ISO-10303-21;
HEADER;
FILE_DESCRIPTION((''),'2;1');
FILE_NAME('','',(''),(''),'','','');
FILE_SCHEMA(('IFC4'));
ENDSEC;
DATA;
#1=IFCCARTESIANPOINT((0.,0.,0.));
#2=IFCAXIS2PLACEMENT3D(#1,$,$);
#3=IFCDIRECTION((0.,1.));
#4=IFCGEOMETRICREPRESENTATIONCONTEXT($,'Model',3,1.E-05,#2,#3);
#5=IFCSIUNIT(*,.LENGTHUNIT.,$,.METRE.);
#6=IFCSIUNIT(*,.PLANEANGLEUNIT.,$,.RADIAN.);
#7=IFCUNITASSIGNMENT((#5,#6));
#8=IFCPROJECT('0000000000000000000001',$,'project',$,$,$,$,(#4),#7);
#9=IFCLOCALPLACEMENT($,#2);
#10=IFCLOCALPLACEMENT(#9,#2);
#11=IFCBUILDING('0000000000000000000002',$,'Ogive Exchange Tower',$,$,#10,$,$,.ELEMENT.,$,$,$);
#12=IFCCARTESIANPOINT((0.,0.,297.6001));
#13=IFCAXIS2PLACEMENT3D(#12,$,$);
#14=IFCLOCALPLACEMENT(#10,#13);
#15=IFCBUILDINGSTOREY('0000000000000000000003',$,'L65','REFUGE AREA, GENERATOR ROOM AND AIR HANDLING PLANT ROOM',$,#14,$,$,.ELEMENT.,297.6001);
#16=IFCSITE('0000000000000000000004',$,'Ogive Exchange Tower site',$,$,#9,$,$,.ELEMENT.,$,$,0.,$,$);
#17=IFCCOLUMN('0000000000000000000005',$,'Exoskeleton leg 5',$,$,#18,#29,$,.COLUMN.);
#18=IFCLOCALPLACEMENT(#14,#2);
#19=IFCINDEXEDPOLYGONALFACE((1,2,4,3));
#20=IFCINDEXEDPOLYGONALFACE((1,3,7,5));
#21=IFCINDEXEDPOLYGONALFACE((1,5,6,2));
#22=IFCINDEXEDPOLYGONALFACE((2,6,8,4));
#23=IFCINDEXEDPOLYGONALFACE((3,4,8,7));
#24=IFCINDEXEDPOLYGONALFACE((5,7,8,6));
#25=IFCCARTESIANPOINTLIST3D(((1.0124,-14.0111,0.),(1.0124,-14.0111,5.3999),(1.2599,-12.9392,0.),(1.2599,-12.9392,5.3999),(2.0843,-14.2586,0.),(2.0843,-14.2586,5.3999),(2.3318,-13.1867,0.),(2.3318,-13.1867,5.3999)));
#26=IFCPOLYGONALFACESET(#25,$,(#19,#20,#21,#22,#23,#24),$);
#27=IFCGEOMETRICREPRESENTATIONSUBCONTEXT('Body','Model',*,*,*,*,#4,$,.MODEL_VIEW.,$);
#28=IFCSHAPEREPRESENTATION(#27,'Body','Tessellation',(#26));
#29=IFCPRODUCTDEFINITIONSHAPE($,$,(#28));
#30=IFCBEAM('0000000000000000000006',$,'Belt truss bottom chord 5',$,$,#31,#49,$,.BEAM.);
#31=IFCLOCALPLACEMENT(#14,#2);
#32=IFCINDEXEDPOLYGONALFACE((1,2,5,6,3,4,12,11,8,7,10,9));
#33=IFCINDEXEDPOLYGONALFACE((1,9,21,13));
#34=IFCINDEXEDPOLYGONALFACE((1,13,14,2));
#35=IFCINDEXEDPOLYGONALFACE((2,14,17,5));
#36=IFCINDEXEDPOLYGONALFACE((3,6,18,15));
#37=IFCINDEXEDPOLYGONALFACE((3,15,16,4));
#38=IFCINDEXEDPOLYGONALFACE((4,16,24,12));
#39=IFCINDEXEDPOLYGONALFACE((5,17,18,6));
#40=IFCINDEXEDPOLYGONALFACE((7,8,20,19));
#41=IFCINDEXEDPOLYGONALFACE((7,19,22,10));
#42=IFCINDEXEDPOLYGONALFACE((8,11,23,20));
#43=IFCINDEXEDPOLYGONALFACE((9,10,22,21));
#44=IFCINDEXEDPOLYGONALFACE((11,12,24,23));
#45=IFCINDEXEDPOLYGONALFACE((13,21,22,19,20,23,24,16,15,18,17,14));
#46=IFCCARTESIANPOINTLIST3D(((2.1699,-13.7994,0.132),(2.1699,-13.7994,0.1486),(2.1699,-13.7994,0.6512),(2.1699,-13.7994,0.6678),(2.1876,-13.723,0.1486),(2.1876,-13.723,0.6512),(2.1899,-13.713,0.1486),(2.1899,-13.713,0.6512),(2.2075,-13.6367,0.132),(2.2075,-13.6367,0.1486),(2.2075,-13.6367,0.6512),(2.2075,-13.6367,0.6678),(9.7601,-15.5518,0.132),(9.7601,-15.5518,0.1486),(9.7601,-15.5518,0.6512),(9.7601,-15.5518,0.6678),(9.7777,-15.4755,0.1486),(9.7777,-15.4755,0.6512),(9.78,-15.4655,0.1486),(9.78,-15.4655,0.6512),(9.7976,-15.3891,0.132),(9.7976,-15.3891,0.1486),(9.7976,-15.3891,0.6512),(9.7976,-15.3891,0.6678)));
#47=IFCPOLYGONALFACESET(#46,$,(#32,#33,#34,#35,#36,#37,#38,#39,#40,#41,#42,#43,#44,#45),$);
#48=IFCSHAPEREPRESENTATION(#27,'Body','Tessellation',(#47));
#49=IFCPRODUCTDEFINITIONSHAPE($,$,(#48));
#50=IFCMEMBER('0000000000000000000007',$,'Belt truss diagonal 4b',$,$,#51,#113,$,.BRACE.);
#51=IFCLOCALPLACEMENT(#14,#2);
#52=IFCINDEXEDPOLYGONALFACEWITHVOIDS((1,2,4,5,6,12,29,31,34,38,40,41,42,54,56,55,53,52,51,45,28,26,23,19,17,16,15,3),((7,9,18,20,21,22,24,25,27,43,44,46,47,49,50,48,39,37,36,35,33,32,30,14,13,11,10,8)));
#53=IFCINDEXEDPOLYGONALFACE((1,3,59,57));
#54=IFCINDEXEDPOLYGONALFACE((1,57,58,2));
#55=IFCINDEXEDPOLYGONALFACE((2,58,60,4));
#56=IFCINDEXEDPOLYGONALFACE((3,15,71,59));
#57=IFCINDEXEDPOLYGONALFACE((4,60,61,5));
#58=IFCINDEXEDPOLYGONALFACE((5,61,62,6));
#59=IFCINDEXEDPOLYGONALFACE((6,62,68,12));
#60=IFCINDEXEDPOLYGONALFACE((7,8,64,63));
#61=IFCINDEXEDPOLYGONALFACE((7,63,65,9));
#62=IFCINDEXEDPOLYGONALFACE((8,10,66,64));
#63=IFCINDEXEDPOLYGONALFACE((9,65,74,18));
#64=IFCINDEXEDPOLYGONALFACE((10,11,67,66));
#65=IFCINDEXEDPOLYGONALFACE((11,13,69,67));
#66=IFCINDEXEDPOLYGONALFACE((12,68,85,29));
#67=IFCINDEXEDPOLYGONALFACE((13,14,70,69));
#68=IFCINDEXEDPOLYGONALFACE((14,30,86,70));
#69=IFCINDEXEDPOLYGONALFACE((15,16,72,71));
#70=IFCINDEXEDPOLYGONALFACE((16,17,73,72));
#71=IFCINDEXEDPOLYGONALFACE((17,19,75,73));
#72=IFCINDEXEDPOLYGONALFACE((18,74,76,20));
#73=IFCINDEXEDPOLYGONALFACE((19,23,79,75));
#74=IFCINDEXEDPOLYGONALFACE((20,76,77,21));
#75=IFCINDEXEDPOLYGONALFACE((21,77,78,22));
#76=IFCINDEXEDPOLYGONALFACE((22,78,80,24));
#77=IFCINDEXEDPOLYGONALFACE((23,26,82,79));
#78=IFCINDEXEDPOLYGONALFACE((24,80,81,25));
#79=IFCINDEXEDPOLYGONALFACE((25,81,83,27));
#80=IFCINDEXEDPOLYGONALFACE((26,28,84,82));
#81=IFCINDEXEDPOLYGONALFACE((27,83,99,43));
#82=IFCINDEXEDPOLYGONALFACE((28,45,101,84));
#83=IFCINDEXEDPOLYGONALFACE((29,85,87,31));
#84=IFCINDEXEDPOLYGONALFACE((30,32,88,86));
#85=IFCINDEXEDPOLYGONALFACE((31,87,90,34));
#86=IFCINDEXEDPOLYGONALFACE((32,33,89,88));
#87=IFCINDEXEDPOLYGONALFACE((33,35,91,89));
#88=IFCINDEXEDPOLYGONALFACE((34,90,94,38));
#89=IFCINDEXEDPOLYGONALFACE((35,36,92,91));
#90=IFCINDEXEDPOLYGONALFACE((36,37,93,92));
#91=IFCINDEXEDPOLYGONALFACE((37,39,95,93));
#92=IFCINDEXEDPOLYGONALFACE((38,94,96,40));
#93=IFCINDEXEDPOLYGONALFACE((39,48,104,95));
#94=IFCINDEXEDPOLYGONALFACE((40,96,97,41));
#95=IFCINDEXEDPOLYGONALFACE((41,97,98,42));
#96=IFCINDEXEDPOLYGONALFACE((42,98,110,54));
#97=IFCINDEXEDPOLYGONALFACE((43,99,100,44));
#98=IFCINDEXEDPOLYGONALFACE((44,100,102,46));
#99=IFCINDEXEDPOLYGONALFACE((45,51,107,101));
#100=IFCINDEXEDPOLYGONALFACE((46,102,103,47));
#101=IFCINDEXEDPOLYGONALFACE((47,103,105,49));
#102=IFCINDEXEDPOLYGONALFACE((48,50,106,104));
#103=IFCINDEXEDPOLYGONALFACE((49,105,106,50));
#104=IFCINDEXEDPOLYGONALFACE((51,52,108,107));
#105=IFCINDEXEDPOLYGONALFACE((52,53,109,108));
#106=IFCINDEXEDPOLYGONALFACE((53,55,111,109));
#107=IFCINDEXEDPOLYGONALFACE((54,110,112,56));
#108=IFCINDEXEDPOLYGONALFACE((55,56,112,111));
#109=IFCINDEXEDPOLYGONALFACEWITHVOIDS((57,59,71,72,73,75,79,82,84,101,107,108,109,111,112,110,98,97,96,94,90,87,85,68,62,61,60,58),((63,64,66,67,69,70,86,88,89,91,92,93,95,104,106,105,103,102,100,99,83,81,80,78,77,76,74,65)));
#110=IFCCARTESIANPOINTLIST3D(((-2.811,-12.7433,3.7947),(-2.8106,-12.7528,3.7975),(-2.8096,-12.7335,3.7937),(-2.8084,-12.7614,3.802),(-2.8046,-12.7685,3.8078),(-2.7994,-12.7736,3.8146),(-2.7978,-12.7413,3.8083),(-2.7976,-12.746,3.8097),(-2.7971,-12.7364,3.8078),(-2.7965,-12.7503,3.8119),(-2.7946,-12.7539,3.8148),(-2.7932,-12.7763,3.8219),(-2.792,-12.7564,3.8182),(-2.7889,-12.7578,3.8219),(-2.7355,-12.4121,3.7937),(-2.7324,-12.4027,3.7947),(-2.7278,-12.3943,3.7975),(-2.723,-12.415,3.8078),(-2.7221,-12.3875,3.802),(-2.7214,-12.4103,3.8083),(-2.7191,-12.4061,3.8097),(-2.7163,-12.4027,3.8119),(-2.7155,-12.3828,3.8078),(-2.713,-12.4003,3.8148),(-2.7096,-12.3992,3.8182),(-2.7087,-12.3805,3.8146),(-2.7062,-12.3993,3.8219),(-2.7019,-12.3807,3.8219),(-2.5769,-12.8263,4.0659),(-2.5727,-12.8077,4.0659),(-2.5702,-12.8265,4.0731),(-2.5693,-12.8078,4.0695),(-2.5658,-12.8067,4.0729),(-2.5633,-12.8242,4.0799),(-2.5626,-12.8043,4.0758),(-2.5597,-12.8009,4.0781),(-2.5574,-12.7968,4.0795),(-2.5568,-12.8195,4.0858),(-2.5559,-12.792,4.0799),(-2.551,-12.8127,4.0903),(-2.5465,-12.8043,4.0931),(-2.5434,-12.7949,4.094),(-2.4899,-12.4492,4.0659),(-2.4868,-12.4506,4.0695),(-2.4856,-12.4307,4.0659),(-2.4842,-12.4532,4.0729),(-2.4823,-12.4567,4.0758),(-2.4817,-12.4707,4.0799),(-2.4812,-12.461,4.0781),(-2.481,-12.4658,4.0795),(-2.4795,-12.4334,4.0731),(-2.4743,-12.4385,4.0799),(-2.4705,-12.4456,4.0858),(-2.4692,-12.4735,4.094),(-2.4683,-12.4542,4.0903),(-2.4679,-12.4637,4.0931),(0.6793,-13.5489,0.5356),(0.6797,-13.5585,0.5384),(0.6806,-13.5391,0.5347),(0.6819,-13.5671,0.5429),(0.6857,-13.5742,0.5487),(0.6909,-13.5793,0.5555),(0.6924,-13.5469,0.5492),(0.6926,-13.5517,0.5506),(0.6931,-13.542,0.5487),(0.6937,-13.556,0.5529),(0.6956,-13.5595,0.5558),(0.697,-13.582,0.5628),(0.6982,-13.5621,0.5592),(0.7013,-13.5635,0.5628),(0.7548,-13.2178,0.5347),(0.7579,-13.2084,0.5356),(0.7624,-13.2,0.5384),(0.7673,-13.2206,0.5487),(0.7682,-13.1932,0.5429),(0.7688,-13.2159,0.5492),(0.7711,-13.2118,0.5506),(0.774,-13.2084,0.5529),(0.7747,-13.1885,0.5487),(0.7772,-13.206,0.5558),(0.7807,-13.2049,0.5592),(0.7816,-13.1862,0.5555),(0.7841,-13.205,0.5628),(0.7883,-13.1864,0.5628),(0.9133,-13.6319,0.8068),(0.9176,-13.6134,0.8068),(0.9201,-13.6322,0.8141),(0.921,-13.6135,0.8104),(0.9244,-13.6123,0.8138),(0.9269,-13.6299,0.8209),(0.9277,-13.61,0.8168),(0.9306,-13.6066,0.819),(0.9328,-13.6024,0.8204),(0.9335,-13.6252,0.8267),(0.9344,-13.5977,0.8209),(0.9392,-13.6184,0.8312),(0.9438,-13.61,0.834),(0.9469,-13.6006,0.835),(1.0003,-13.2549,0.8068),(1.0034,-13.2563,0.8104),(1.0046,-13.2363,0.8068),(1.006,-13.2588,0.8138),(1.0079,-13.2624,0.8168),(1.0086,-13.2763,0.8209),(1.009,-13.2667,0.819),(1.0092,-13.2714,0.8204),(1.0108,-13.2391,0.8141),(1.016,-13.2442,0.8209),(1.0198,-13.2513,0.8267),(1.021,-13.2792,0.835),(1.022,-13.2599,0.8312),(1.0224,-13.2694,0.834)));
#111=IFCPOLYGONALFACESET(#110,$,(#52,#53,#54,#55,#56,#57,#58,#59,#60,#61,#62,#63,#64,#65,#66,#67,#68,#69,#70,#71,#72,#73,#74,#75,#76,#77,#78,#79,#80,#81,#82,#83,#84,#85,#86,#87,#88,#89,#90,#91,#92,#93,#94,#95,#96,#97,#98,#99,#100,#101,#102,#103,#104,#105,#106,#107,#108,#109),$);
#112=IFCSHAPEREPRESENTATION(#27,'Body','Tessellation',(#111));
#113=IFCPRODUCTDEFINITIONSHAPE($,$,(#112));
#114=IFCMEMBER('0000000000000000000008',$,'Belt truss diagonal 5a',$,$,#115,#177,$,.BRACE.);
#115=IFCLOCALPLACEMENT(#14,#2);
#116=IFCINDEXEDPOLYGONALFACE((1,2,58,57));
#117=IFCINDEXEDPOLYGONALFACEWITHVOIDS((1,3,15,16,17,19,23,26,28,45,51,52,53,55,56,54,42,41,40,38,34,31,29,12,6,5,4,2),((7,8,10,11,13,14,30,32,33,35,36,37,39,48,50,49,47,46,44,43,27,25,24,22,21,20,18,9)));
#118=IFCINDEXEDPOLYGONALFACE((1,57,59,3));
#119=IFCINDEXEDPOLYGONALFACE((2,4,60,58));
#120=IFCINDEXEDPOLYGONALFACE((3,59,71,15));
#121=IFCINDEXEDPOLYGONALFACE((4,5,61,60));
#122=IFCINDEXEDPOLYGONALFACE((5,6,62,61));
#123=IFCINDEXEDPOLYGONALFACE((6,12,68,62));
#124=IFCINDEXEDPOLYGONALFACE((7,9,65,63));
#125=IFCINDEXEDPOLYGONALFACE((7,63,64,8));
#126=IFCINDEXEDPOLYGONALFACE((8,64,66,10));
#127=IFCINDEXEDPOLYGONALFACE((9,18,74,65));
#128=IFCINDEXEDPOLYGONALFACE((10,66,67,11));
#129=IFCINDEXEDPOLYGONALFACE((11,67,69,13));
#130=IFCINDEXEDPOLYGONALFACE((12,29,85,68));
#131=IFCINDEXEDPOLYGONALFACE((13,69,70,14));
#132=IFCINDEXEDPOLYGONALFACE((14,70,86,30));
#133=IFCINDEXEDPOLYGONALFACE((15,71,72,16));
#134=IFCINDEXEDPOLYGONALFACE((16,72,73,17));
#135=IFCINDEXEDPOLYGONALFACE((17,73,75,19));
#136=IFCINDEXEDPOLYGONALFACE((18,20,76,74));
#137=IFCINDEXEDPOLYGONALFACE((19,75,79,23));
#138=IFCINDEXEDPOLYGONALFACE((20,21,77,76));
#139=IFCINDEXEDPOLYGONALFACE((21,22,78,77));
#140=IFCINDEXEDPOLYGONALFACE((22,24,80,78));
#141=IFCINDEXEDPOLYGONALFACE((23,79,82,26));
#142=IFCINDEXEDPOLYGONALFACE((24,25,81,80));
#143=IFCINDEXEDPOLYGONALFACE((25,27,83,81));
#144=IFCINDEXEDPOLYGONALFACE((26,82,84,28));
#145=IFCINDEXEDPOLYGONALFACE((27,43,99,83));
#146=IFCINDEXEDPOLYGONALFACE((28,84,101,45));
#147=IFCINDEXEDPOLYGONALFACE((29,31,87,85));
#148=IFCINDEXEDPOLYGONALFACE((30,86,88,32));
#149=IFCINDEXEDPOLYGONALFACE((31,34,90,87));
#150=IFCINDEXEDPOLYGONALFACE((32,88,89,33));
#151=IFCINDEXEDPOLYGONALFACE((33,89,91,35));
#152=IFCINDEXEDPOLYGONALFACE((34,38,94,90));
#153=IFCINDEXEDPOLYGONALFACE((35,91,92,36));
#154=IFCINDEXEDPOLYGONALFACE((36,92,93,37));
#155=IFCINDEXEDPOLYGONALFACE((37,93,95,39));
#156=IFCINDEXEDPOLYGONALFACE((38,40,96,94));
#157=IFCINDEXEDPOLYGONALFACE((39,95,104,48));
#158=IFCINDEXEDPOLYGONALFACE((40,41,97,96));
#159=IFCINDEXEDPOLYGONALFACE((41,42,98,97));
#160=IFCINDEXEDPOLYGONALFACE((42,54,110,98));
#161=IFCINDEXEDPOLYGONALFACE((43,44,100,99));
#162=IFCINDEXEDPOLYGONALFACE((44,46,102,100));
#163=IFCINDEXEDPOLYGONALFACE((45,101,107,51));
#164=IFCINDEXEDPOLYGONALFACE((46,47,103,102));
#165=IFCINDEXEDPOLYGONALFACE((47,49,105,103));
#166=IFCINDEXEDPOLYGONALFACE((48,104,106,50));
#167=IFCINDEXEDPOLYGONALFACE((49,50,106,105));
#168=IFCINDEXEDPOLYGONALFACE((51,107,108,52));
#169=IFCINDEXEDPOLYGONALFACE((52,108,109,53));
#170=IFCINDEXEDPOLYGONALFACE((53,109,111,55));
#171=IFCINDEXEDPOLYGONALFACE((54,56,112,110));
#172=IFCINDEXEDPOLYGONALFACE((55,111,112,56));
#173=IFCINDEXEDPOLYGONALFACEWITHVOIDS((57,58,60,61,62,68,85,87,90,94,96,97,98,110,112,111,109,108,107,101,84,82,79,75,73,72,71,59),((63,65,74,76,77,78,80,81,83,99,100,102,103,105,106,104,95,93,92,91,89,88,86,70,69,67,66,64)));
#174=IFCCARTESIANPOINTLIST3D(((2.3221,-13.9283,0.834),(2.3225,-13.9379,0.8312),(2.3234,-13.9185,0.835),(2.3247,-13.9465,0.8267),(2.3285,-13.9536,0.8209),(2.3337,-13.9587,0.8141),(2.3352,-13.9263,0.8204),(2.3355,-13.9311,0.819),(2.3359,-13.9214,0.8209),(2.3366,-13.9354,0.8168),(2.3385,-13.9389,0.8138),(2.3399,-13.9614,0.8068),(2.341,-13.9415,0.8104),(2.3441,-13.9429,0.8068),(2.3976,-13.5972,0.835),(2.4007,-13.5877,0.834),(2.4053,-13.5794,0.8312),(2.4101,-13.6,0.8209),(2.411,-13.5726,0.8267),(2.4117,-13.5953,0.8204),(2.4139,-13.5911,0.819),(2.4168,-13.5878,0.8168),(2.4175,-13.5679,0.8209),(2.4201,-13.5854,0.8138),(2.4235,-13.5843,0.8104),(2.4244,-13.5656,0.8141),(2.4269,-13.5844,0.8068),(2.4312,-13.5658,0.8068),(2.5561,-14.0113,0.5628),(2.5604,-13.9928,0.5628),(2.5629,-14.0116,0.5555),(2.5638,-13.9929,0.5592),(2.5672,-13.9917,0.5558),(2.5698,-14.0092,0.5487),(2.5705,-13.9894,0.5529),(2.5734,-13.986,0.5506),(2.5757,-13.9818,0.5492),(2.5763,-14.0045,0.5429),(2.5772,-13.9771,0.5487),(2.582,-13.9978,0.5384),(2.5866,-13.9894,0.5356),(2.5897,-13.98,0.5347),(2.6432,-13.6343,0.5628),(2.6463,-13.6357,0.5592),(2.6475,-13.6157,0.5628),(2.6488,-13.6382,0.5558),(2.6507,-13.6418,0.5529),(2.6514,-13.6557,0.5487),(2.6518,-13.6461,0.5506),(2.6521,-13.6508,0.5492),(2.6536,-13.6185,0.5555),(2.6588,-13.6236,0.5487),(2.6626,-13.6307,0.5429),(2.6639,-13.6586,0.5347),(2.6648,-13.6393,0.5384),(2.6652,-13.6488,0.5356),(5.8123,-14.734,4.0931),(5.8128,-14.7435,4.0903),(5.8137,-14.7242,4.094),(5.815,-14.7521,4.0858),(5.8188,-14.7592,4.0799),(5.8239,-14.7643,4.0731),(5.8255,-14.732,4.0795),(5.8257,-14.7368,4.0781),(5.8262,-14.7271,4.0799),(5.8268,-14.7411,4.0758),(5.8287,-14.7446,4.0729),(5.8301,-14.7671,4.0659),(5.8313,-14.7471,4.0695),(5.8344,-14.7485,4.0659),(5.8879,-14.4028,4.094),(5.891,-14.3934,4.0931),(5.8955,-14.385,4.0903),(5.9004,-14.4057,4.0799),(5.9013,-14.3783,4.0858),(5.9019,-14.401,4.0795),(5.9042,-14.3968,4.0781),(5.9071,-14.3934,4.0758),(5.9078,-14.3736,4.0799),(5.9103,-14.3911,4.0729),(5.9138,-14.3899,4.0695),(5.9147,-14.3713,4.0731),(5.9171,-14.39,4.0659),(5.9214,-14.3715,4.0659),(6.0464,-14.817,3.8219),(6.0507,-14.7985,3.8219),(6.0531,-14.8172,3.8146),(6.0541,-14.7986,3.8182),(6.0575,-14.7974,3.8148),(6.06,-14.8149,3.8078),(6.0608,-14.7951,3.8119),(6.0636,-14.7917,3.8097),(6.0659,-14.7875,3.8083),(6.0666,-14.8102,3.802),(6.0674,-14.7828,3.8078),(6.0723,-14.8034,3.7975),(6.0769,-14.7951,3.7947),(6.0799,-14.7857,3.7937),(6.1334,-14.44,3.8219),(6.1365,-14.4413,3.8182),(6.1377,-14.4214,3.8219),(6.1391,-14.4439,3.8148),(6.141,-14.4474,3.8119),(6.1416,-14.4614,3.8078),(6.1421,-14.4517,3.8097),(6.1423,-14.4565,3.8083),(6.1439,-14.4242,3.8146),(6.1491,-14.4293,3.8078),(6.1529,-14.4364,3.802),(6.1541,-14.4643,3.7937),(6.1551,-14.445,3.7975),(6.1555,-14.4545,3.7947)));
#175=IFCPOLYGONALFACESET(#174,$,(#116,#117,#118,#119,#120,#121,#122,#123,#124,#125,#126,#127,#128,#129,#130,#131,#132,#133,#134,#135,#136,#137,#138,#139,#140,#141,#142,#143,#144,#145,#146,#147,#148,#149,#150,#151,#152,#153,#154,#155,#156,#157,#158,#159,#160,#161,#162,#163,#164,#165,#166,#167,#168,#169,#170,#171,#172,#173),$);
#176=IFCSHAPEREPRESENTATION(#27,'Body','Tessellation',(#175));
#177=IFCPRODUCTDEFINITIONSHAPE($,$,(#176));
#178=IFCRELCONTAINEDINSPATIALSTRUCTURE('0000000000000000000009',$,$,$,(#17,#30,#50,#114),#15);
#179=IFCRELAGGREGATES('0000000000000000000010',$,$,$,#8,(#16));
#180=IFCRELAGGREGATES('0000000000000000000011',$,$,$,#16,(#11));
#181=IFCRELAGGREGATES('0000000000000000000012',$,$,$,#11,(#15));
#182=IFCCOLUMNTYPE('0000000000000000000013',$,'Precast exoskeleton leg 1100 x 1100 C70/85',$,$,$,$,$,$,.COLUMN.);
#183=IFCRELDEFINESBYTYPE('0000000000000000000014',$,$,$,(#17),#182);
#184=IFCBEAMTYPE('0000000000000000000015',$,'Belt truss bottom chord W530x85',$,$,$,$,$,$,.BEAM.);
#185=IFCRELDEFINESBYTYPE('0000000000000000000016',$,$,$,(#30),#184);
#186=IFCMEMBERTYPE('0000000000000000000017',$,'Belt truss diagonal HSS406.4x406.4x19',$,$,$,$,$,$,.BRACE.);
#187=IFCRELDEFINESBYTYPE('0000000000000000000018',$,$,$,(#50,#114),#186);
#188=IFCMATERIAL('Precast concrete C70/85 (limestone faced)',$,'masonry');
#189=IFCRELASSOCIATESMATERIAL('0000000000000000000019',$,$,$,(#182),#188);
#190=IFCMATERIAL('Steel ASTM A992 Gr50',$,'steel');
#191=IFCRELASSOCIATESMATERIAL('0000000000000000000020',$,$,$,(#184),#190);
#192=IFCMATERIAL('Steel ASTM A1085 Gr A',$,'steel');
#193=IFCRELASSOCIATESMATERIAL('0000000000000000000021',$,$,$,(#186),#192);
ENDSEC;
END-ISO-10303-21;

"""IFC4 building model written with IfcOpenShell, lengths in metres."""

from ifc_helpers import new_model, si_unit, direction, frame, origin, origin_2d, place, context, subcontext, project, spatial, rectangle, hollow_rectangle, i_section, extrude, material, material_profile, profile_set, type_object, element, save


model = new_model("IFC4")

# Units and contexts
model_context = context("Model", 3, precision=1e-05, world=origin(), true_north=direction((0.0, 1.0)))
body_context = subcontext(model_context, "Body", "Model", "MODEL_VIEW")
ifc_project = project(units=[si_unit("LENGTHUNIT", "METRE"), si_unit("PLANEANGLEUNIT", "RADIAN")], contexts=[model_context])

# Site, building, storey
site_placement = place(None, origin())
site = spatial("IfcSite", under=ifc_project, at=site_placement, Name="Ogive Exchange Tower site", CompositionType="ELEMENT", RefElevation=0.0)
building_placement = place(site_placement, origin())
building = spatial("IfcBuilding", under=site, at=building_placement, Name="Ogive Exchange Tower", CompositionType="ELEMENT")
storey_placement = place(building_placement, frame((0.0, 0.0, 297.6001)))
storey = spatial("IfcBuildingStorey", under=building, at=storey_placement, Name="L65", Description="REFUGE AREA, GENERATOR ROOM AND AIR HANDLING PLANT ROOM", CompositionType="ELEMENT", Elevation=297.6001)

# Column
ifc_material_1 = material(Name="Precast concrete C70/85 (limestone faced)", Category="masonry")
ifc_material_profile_1 = material_profile(ifc_material_1, rectangle(XDim=1.1001, YDim=1.1001, at=origin_2d()), Name="1100 x 1100")
ifc_profile_set_1 = profile_set([ifc_material_profile_1], Name="Precast concrete C70/85 (limestone faced)")
column_type = type_object("IfcColumnType", Name="Precast exoskeleton leg 1100 x 1100 C70/85", PredefinedType="COLUMN", material=ifc_profile_set_1)
column_placement = place(storey_placement, frame((1.6721, -13.5989, 0.0), z_axis=(0.0, 0.0, 1.0), x_axis=(0.97437, -0.224951, 0.0)))
element("IfcColumn", 1, at=column_placement, inside=storey, type_object=column_type, Name="Exoskeleton leg 5", PredefinedType="COLUMN", context=body_context, shape_type="SweptSolid", body=[
    extrude(rectangle(XDim=1.1001, YDim=1.1001, at=origin_2d()), origin(), (0.0, 0.0, 1.0), 5.3999),
])

# Beam
ifc_material_2 = material(Name="Steel ASTM A992 Gr50", Category="steel")
ifc_material_profile_2 = material_profile(ifc_material_2, i_section(OverallWidth=0.167, OverallDepth=0.5359, WebThickness=0.0103, FlangeThickness=0.0166, at=origin_2d()), Name="W530x85")
ifc_profile_set_2 = profile_set([ifc_material_profile_2], Name="Steel ASTM A992 Gr50")
beam_type_1 = type_object("IfcBeamType", Name="Belt truss bottom chord W530x85", PredefinedType="BEAM", material=ifc_profile_set_2)
beam_1_placement = place(storey_placement, frame((2.1887, -13.718, 0.3999), z_axis=(0.974366, -0.224967, 0.0), x_axis=(0.224967, 0.974366, 0.0)))
element("IfcBeam", 2, at=beam_1_placement, inside=storey, type_object=beam_type_1, Name="Belt truss bottom chord 5", PredefinedType="BEAM", context=body_context, shape_type="SweptSolid", body=[
    extrude(i_section(OverallWidth=0.167, OverallDepth=0.5359, WebThickness=0.0103, FlangeThickness=0.0166, at=origin_2d()), origin(), (0.0, 0.0, 1.0), 7.7898),
])

# Members
ifc_material_3 = material(Name="Steel ASTM A1085 Gr A", Category="steel")
ifc_material_profile_3 = material_profile(ifc_material_3, hollow_rectangle(XDim=0.406, YDim=0.406, WallThickness=0.019, InnerFilletRadius=0.019, OuterFilletRadius=0.0381, at=origin_2d()), Name="HSS406.4x406.4x19")
ifc_profile_set_3 = profile_set([ifc_material_profile_3], Name="Steel ASTM A1085 Gr A")
member_type_1 = type_object("IfcMemberType", Name="Belt truss diagonal HSS406.4x406.4x19", PredefinedType="BRACE", material=ifc_profile_set_3)
for number, where, z_axis, x_axis, name in (
    (3, (0.8508, -13.4092, 0.6848), (-0.720715, 0.166365, 0.672973), (-0.224919, -0.974377, 0.0), "Belt truss diagonal 4b"),
    (4, (2.4937, -13.7886, 0.6848), (0.720715, -0.166365, 0.672973), (0.224919, 0.974377, 0.0), "Belt truss diagonal 5a"),
):
    element("IfcMember", number, at=place(storey_placement, frame(where, z_axis=z_axis, x_axis=x_axis)), inside=storey, type_object=member_type_1, Name=name, PredefinedType="BRACE", context=body_context, shape_type="SweptSolid", body=[
        extrude(hollow_rectangle(XDim=0.406, YDim=0.406, WallThickness=0.019, InnerFilletRadius=0.019, OuterFilletRadius=0.0381, at=origin_2d()), origin(), (0.0, 0.0, 1.0), 4.8428),
    ])

save(model, "model.ifc")
